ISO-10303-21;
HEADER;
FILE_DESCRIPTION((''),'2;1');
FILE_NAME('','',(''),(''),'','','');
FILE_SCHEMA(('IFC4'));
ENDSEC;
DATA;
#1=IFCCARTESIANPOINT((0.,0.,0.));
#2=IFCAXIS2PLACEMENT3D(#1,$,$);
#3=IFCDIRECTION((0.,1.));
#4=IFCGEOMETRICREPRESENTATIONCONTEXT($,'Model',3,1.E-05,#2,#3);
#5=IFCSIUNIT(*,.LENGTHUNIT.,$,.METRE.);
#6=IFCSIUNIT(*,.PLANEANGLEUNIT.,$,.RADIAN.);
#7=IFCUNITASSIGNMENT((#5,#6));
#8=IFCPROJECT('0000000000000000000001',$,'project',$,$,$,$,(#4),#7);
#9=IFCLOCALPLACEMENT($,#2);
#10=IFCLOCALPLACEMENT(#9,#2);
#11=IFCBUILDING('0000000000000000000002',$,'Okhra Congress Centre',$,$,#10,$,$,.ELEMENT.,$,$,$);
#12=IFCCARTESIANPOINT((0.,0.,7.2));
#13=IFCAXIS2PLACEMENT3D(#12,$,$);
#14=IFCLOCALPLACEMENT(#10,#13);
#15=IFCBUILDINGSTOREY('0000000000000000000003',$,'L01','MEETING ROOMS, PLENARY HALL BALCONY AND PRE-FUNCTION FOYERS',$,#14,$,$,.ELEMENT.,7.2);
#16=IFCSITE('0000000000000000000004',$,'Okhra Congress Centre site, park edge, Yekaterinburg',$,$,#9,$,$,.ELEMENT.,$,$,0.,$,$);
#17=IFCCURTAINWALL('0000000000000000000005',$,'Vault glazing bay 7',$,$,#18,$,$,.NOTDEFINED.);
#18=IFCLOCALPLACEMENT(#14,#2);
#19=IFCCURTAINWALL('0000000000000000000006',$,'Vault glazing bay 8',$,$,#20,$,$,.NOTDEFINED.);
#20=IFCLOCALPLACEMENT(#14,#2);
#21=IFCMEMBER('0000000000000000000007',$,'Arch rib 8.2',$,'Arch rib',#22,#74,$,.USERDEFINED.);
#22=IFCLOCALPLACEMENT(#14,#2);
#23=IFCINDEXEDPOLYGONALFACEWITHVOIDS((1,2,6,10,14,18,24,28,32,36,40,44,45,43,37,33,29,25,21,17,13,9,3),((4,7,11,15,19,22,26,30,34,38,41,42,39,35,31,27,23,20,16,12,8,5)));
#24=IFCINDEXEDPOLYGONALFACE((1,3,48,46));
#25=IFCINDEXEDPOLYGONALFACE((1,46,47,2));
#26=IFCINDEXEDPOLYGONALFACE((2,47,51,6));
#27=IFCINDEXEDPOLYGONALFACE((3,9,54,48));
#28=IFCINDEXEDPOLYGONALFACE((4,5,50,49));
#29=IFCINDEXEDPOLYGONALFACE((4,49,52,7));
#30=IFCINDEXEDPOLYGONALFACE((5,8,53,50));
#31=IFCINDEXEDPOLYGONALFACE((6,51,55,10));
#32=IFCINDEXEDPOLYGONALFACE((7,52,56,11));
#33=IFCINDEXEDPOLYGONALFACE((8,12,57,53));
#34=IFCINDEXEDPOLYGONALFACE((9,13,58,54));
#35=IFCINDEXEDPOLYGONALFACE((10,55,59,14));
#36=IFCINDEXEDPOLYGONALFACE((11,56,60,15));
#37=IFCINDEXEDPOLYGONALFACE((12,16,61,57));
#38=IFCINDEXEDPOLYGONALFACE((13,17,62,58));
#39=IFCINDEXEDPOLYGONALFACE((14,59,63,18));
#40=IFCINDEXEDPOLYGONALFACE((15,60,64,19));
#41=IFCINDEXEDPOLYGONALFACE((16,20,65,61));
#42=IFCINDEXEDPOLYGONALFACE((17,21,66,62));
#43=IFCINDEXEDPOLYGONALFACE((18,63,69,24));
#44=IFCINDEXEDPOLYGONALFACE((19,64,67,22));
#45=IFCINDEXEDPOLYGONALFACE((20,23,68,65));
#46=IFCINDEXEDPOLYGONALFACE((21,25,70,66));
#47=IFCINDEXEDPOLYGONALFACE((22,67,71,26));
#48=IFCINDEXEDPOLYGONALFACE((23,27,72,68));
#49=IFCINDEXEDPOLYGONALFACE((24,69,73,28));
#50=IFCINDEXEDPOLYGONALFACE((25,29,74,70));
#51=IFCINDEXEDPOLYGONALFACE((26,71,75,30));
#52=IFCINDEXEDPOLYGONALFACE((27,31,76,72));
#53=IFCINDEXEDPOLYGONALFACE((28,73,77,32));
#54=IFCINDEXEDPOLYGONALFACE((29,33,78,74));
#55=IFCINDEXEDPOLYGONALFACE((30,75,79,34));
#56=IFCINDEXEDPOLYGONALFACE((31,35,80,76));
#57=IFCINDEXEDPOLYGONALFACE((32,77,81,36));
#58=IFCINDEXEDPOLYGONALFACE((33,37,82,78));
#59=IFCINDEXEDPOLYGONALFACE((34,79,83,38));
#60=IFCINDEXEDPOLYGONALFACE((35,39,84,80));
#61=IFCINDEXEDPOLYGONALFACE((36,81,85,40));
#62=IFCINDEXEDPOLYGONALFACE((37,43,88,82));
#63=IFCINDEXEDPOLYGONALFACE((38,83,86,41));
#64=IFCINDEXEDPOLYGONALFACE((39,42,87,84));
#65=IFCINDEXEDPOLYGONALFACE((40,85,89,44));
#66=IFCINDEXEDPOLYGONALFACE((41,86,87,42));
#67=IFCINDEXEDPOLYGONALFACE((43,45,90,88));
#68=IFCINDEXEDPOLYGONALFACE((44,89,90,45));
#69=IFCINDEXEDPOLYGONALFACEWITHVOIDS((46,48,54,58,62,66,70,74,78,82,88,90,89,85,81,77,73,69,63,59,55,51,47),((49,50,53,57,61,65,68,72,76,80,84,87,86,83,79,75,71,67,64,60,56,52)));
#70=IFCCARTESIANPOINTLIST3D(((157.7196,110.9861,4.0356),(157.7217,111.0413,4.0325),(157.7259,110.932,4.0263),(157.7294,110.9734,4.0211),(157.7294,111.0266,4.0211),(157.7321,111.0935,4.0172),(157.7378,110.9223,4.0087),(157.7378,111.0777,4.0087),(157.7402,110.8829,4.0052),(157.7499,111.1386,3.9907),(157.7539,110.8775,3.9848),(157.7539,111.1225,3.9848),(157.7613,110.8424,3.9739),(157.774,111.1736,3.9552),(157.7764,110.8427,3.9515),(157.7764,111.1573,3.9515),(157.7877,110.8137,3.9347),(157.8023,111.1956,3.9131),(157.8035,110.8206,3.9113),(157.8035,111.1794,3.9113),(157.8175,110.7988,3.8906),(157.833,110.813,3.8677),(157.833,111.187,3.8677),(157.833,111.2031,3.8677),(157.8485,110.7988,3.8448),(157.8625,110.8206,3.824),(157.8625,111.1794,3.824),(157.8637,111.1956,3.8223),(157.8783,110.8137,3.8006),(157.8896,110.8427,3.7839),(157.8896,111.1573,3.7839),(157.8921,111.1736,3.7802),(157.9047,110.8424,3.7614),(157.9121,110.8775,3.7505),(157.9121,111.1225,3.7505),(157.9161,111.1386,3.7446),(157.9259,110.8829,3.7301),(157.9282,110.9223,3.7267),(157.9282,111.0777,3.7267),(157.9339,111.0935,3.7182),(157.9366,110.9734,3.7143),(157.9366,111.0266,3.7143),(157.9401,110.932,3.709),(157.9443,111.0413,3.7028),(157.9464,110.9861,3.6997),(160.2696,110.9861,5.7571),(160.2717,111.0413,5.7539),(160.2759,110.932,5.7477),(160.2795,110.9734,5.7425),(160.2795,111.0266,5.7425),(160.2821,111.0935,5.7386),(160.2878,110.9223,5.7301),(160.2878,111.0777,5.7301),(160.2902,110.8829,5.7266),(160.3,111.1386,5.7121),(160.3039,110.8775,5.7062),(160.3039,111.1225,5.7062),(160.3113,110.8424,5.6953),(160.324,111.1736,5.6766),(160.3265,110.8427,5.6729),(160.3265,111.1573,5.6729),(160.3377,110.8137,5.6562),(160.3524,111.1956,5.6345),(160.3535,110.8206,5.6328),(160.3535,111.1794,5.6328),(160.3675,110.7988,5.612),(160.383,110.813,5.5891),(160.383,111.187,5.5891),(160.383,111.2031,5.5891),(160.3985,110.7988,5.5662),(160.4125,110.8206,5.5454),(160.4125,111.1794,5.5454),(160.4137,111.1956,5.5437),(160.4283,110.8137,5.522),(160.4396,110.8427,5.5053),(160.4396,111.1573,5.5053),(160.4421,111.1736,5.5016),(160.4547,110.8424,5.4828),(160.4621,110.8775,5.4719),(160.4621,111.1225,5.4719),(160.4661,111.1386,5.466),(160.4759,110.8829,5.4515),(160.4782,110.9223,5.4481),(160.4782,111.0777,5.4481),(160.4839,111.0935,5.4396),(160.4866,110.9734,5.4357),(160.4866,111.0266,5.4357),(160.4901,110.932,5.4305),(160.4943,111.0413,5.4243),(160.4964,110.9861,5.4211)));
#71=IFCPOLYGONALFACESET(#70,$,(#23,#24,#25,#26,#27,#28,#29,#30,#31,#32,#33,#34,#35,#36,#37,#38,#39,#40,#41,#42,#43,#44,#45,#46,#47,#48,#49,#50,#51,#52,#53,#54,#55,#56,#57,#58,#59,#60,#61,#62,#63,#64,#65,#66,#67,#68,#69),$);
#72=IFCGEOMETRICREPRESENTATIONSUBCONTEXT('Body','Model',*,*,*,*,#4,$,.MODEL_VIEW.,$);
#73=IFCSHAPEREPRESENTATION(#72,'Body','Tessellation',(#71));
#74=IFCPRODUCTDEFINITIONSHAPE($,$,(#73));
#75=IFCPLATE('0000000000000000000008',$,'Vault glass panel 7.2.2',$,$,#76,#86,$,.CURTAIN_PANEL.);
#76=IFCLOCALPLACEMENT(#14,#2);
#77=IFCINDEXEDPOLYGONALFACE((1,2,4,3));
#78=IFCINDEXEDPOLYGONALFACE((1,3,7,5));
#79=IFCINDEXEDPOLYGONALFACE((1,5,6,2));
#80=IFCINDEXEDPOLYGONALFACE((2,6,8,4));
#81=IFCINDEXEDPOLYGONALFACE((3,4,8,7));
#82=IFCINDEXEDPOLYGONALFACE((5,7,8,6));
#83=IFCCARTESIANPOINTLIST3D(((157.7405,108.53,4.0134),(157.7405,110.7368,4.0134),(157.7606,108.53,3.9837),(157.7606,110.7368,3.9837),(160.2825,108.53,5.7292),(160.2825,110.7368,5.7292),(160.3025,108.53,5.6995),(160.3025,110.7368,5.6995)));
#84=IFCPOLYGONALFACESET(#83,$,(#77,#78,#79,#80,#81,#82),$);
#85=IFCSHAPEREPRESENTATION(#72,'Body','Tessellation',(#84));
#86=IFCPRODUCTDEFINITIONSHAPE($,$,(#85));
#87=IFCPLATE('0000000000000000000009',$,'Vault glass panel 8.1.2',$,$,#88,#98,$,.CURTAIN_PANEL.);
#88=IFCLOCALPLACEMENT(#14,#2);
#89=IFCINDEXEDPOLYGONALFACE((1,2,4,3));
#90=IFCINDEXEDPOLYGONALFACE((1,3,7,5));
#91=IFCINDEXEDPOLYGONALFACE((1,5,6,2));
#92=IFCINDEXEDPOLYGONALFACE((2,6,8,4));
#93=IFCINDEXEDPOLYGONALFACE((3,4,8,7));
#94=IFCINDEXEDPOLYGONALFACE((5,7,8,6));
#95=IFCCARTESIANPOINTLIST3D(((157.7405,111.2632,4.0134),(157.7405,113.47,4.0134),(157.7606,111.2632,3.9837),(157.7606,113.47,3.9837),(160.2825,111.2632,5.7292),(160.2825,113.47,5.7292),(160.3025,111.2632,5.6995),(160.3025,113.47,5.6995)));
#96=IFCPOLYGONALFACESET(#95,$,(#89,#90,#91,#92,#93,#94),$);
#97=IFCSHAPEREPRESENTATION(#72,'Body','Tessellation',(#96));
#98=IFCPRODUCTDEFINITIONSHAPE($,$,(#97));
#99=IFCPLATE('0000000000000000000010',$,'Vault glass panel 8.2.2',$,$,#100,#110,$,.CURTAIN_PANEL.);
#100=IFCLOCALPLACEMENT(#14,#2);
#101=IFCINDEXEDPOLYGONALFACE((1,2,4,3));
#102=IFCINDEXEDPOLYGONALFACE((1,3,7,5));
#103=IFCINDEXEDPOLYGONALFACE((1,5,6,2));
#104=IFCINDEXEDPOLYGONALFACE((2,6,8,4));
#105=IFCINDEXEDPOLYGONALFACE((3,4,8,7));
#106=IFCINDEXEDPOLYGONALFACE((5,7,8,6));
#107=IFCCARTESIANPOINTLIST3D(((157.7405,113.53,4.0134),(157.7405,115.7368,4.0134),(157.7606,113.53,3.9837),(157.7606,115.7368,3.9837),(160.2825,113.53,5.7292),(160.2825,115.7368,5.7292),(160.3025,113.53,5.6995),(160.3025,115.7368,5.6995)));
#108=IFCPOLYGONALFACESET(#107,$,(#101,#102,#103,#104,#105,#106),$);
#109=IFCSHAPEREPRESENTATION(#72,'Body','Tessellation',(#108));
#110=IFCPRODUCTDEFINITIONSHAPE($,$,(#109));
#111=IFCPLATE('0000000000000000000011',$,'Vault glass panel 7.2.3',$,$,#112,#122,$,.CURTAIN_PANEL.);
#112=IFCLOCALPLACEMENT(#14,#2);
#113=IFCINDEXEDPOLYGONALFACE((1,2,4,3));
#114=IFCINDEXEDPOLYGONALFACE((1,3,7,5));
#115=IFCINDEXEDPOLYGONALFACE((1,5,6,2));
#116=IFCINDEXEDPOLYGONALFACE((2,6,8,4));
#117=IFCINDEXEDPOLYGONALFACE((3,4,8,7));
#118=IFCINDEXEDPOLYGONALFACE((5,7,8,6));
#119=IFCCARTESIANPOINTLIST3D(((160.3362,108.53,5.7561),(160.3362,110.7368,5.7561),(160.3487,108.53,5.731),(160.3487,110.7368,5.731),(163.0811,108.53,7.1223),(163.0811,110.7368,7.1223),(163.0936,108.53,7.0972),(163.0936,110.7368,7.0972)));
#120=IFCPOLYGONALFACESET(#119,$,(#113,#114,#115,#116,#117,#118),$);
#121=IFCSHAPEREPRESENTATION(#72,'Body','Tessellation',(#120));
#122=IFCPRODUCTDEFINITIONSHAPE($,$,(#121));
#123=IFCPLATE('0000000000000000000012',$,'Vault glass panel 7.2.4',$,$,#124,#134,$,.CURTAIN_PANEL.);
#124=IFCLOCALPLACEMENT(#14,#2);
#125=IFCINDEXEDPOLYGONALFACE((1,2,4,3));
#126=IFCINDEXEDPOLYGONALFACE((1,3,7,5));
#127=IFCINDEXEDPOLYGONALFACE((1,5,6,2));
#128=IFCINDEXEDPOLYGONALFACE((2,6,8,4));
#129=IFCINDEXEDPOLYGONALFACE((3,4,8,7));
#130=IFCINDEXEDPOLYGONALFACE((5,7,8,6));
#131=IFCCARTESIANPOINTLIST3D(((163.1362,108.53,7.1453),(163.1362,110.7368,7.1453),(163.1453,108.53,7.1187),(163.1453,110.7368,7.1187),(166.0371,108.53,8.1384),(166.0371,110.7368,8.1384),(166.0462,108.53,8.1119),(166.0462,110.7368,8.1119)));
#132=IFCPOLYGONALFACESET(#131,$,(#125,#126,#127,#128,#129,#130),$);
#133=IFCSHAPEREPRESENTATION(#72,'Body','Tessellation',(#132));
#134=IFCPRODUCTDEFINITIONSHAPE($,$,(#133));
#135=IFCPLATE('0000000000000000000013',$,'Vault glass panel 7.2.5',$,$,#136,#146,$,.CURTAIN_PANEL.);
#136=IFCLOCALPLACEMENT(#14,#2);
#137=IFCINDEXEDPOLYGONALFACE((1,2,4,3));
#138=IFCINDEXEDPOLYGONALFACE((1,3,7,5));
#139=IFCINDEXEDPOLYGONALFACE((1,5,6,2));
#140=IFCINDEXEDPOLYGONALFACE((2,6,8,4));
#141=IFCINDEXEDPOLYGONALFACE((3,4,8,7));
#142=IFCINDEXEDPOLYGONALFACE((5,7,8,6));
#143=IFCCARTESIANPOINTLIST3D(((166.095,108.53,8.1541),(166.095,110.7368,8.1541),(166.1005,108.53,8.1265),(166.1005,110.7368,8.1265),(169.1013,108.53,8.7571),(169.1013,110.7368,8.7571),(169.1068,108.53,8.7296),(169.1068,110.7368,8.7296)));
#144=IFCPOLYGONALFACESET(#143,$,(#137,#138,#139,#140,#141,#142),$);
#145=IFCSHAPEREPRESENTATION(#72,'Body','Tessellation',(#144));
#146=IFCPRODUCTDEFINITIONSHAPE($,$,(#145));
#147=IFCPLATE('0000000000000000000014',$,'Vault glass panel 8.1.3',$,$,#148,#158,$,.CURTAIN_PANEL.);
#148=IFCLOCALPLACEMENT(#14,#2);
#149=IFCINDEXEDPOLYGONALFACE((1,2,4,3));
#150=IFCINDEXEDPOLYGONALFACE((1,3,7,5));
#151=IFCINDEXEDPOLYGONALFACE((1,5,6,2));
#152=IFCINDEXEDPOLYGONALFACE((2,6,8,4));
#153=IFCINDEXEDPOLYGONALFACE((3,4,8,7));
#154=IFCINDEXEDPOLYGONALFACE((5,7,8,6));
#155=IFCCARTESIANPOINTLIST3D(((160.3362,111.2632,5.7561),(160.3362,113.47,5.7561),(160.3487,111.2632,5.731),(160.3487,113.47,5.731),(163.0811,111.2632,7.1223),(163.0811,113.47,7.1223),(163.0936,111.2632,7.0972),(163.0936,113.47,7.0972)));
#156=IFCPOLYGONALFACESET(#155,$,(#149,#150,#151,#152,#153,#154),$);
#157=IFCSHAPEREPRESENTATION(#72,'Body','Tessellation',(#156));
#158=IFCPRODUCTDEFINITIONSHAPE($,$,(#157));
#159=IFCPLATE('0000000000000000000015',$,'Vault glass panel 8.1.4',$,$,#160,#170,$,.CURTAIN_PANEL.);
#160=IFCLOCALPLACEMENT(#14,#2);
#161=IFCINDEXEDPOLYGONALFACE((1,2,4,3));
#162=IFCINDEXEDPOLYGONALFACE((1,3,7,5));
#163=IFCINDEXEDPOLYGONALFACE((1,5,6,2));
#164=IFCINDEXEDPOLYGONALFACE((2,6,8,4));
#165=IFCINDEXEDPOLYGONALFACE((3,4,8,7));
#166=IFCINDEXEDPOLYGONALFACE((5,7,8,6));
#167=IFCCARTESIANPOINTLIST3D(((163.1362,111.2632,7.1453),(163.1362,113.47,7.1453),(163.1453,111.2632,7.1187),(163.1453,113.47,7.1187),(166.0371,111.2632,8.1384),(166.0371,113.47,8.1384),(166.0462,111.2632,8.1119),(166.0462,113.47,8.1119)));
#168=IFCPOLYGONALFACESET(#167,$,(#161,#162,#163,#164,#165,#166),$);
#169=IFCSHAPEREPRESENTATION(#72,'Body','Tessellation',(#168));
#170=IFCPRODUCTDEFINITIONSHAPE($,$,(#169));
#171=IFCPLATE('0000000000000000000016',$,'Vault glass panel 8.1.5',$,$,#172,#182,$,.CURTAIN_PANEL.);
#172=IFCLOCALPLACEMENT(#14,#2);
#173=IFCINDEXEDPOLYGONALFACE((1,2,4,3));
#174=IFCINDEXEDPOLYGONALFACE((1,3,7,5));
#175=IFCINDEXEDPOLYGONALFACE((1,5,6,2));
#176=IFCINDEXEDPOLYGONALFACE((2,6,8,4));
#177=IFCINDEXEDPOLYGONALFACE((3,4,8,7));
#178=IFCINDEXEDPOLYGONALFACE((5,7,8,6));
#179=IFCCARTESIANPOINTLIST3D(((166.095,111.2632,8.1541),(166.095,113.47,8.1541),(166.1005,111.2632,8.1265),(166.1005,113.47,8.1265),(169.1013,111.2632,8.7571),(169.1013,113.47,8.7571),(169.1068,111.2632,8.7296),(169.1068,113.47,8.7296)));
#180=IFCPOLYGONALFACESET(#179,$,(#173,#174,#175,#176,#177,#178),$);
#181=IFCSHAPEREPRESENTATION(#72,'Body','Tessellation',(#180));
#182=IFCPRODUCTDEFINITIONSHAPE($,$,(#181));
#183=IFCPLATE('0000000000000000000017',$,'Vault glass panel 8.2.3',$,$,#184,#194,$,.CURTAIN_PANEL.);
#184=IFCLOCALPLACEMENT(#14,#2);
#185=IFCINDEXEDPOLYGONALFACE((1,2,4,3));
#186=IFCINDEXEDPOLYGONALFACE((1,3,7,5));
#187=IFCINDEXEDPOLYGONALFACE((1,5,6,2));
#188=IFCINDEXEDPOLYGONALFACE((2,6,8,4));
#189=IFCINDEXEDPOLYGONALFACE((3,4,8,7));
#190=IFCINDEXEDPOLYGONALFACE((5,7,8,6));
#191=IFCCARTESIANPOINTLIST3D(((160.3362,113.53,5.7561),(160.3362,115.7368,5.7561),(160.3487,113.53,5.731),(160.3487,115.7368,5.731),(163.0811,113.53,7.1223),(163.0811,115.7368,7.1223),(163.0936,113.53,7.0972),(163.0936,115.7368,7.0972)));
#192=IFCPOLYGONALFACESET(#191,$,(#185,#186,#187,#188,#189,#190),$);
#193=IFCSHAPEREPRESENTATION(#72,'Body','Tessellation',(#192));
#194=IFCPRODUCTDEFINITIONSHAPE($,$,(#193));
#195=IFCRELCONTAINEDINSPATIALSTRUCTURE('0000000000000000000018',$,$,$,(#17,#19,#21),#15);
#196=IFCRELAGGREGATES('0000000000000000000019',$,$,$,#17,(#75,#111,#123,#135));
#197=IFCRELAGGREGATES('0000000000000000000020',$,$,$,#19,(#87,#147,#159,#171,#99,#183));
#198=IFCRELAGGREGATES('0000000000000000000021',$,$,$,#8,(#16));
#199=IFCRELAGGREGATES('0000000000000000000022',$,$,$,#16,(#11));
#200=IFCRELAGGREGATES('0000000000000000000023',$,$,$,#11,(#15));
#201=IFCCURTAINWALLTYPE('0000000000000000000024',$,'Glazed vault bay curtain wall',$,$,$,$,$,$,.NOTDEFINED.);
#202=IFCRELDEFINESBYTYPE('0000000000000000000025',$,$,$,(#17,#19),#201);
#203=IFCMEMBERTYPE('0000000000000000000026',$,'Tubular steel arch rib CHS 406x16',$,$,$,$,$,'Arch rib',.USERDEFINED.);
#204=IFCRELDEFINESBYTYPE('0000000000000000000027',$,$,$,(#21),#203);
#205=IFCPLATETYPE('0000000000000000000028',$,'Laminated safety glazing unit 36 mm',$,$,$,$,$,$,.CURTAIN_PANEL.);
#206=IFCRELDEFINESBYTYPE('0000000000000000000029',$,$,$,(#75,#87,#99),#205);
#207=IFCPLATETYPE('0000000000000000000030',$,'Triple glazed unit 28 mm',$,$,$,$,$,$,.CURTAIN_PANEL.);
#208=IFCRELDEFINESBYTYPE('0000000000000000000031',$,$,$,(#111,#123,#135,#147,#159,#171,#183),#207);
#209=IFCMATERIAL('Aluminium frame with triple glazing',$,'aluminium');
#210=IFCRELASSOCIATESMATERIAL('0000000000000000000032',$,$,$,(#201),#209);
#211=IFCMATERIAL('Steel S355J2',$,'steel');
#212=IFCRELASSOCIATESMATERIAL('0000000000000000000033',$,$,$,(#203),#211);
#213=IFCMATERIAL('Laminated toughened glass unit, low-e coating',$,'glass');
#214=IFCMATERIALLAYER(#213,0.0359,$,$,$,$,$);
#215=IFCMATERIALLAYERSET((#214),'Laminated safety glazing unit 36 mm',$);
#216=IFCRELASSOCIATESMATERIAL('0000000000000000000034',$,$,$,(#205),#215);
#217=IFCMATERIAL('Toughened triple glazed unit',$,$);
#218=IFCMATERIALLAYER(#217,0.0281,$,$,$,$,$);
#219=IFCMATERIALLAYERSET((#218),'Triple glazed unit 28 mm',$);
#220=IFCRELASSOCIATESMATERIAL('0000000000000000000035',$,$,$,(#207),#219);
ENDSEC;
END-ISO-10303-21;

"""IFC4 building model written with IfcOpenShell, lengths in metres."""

from ifc_helpers import new_model, si_unit, direction, frame, origin, origin_2d, place, context, subcontext, project, spatial, polyline, hollow_circle, outline, extrude, material, layer, layer_set, material_profile, profile_set, type_object, element, aggregate, save


model = new_model("IFC4")

# Units and contexts
model_context = context("Model", 3, precision=1e-05, world=origin(), true_north=direction((0.0, 1.0)))
body_context = subcontext(model_context, "Body", "Model", "MODEL_VIEW")
ifc_project = project(units=[si_unit("LENGTHUNIT", "METRE"), si_unit("PLANEANGLEUNIT", "RADIAN")], contexts=[model_context])

# Site, building, storey
site_placement = place(None, origin())
site = spatial("IfcSite", under=ifc_project, at=site_placement, Name="Okhra Congress Centre site, park edge, Yekaterinburg", CompositionType="ELEMENT", RefElevation=0.0)
building_placement = place(site_placement, origin())
building = spatial("IfcBuilding", under=site, at=building_placement, Name="Okhra Congress Centre", CompositionType="ELEMENT")
storey_placement = place(building_placement, frame((0.0, 0.0, 7.2)))
storey = spatial("IfcBuildingStorey", under=building, at=storey_placement, Name="L01", Description="MEETING ROOMS, PLENARY HALL BALCONY AND PRE-FUNCTION FOYERS", CompositionType="ELEMENT", Elevation=7.2)

# Curtain walls
ifc_material_1 = material(Name="Aluminium frame with triple glazing", Category="aluminium")
curtain_wall_type = type_object("IfcCurtainWallType", Name="Glazed vault bay curtain wall", PredefinedType="NOTDEFINED", material=ifc_material_1)
curtain_wall_1_placement = place(storey_placement, origin())
curtain_wall_1 = element("IfcCurtainWall", 1, at=curtain_wall_1_placement, inside=storey, type_object=curtain_wall_type, Name="Vault glazing bay 7", PredefinedType="NOTDEFINED")
curtain_wall_2_placement = place(storey_placement, origin())
curtain_wall_2 = element("IfcCurtainWall", 2, at=curtain_wall_2_placement, inside=storey, type_object=curtain_wall_type, Name="Vault glazing bay 8", PredefinedType="NOTDEFINED")

# Member
ifc_material_2 = material(Name="Steel S355J2", Category="steel")
ifc_material_profile_1 = material_profile(ifc_material_2, hollow_circle(Radius=0.2031, WallThickness=0.0161, at=origin_2d()), Name="CHS 406.4x16")
ifc_profile_set_1 = profile_set([ifc_material_profile_1], Name="Steel S355J2")
member_type_1 = type_object("IfcMemberType", Name="Tubular steel arch rib CHS 406x16", ElementType="Arch rib", PredefinedType="USERDEFINED", material=ifc_profile_set_1)
member_1_placement = place(storey_placement, frame((157.833, 111.0, 3.8677), z_axis=(0.828826, 0.0, 0.559507), x_axis=(0.0, 1.0, 0.0)))
element("IfcMember", 3, at=member_1_placement, inside=storey, type_object=member_type_1, Name="Arch rib 8.2", ObjectType="Arch rib", PredefinedType="USERDEFINED", context=body_context, shape_type="SweptSolid", body=[
    extrude(hollow_circle(Radius=0.2031, WallThickness=0.0161, at=origin_2d()), origin(), (0.0, 0.0, 1.0), 3.0767),
])

# Plates
ifc_material_3 = material(Name="Laminated toughened glass unit, low-e coating", Category="glass")
ifc_layer_1 = layer(ifc_material_3, 0.0359)
ifc_layer_set_1 = layer_set([ifc_layer_1], Name="Laminated safety glazing unit 36 mm")
plate_type_1 = type_object("IfcPlateType", Name="Laminated safety glazing unit 36 mm", PredefinedType="CURTAIN_PANEL", material=ifc_layer_set_1)
plate_1_placement = place(storey_placement, frame((157.7405, 108.53, 4.0134), z_axis=(-0.559467, 0.0, 0.828852), x_axis=(0.828852, 0.0, 0.559467)))
plate_1 = element("IfcPlate", 4, at=plate_1_placement, type_object=plate_type_1, Name="Vault glass panel 7.2.2", PredefinedType="CURTAIN_PANEL", context=body_context, shape_type="SweptSolid", body=[
    extrude(outline(polyline([(0.0, 0.0), (3.0669, 0.0), (3.0669, 2.2068), (0.0, 2.2068), (0.0, 0.0)])), origin(), (0.0, 0.0, -1.0), 0.0359),
])
plate_2_placement = place(storey_placement, frame((157.7405, 111.2632, 4.0134), z_axis=(-0.559467, 0.0, 0.828852), x_axis=(0.828852, 0.0, 0.559467)))
plate_2 = element("IfcPlate", 5, at=plate_2_placement, type_object=plate_type_1, Name="Vault glass panel 8.1.2", PredefinedType="CURTAIN_PANEL", context=body_context, shape_type="SweptSolid", body=[
    extrude(outline(polyline([(0.0, 0.0), (3.0669, 0.0), (3.0669, 2.2068), (0.0, 2.2068), (0.0, 0.0)])), origin(), (0.0, 0.0, -1.0), 0.0359),
])
plate_3_placement = place(storey_placement, frame((157.7405, 113.53, 4.0134), z_axis=(-0.559467, 0.0, 0.828852), x_axis=(0.828852, 0.0, 0.559467)))
plate_3 = element("IfcPlate", 6, at=plate_3_placement, type_object=plate_type_1, Name="Vault glass panel 8.2.2", PredefinedType="CURTAIN_PANEL", context=body_context, shape_type="SweptSolid", body=[
    extrude(outline(polyline([(0.0, 0.0), (3.0669, 0.0), (3.0669, 2.2068), (0.0, 2.2068), (0.0, 0.0)])), origin(), (0.0, 0.0, -1.0), 0.0359),
])
ifc_material_4 = material(Name="Toughened triple glazed unit")
ifc_layer_2 = layer(ifc_material_4, 0.0281)
ifc_layer_set_2 = layer_set([ifc_layer_2], Name="Triple glazed unit 28 mm")
plate_type_2 = type_object("IfcPlateType", Name="Triple glazed unit 28 mm", PredefinedType="CURTAIN_PANEL", material=ifc_layer_set_2)
plate_4_placement = place(storey_placement, frame((160.3362, 108.53, 5.7561), z_axis=(-0.445588, 0.0, 0.895238), x_axis=(0.895238, 0.0, 0.445588)))
plate_4 = element("IfcPlate", 7, at=plate_4_placement, type_object=plate_type_2, Name="Vault glass panel 7.2.3", PredefinedType="CURTAIN_PANEL", context=body_context, shape_type="SweptSolid", body=[
    extrude(outline(polyline([(0.0, 0.0), (3.0661, 0.0), (3.0661, 2.2068), (0.0, 2.2068), (0.0, 0.0)])), origin(), (0.0, 0.0, -1.0), 0.0281),
])
plate_5_placement = place(storey_placement, frame((163.1362, 108.53, 7.1453), z_axis=(-0.323909, 0.0, 0.946088), x_axis=(0.946088, 0.0, 0.323909)))
plate_5 = element("IfcPlate", 8, at=plate_5_placement, type_object=plate_type_2, Name="Vault glass panel 7.2.4", PredefinedType="CURTAIN_PANEL", context=body_context, shape_type="SweptSolid", body=[
    extrude(outline(polyline([(0.0, 0.0), (3.0662, 0.0), (3.0662, 2.2068), (0.0, 2.2068), (0.0, 0.0)])), origin(), (0.0, 0.0, -1.0), 0.0281),
])
plate_6_placement = place(storey_placement, frame((166.095, 108.53, 8.1541), z_axis=(-0.196667, 0.0, 0.98047), x_axis=(0.98047, 0.0, 0.196667)))
plate_6 = element("IfcPlate", 9, at=plate_6_placement, type_object=plate_type_2, Name="Vault glass panel 7.2.5", PredefinedType="CURTAIN_PANEL", context=body_context, shape_type="SweptSolid", body=[
    extrude(outline(polyline([(0.0, 0.0), (3.0662, 0.0), (3.0662, 2.2068), (0.0, 2.2068), (0.0, 0.0)])), origin(), (0.0, 0.0, -1.0), 0.0281),
])
aggregate(curtain_wall_1, [plate_1, plate_4, plate_5, plate_6])
plate_7_placement = place(storey_placement, frame((160.3362, 111.2632, 5.7561), z_axis=(-0.445588, 0.0, 0.895238), x_axis=(0.895238, 0.0, 0.445588)))
plate_7 = element("IfcPlate", 10, at=plate_7_placement, type_object=plate_type_2, Name="Vault glass panel 8.1.3", PredefinedType="CURTAIN_PANEL", context=body_context, shape_type="SweptSolid", body=[
    extrude(outline(polyline([(0.0, 0.0), (3.0661, 0.0), (3.0661, 2.2068), (0.0, 2.2068), (0.0, 0.0)])), origin(), (0.0, 0.0, -1.0), 0.0281),
])
plate_8_placement = place(storey_placement, frame((163.1362, 111.2632, 7.1453), z_axis=(-0.323909, 0.0, 0.946088), x_axis=(0.946088, 0.0, 0.323909)))
plate_8 = element("IfcPlate", 11, at=plate_8_placement, type_object=plate_type_2, Name="Vault glass panel 8.1.4", PredefinedType="CURTAIN_PANEL", context=body_context, shape_type="SweptSolid", body=[
    extrude(outline(polyline([(0.0, 0.0), (3.0662, 0.0), (3.0662, 2.2068), (0.0, 2.2068), (0.0, 0.0)])), origin(), (0.0, 0.0, -1.0), 0.0281),
])
plate_9_placement = place(storey_placement, frame((166.095, 111.2632, 8.1541), z_axis=(-0.196667, 0.0, 0.98047), x_axis=(0.98047, 0.0, 0.196667)))
plate_9 = element("IfcPlate", 12, at=plate_9_placement, type_object=plate_type_2, Name="Vault glass panel 8.1.5", PredefinedType="CURTAIN_PANEL", context=body_context, shape_type="SweptSolid", body=[
    extrude(outline(polyline([(0.0, 0.0), (3.0662, 0.0), (3.0662, 2.2068), (0.0, 2.2068), (0.0, 0.0)])), origin(), (0.0, 0.0, -1.0), 0.0281),
])
plate_10_placement = place(storey_placement, frame((160.3362, 113.53, 5.7561), z_axis=(-0.445588, 0.0, 0.895238), x_axis=(0.895238, 0.0, 0.445588)))
plate_10 = element("IfcPlate", 13, at=plate_10_placement, type_object=plate_type_2, Name="Vault glass panel 8.2.3", PredefinedType="CURTAIN_PANEL", context=body_context, shape_type="SweptSolid", body=[
    extrude(outline(polyline([(0.0, 0.0), (3.0661, 0.0), (3.0661, 2.2068), (0.0, 2.2068), (0.0, 0.0)])), origin(), (0.0, 0.0, -1.0), 0.0281),
])
aggregate(curtain_wall_2, [plate_2, plate_7, plate_8, plate_9, plate_3, plate_10])

save(model, "model.ifc")
